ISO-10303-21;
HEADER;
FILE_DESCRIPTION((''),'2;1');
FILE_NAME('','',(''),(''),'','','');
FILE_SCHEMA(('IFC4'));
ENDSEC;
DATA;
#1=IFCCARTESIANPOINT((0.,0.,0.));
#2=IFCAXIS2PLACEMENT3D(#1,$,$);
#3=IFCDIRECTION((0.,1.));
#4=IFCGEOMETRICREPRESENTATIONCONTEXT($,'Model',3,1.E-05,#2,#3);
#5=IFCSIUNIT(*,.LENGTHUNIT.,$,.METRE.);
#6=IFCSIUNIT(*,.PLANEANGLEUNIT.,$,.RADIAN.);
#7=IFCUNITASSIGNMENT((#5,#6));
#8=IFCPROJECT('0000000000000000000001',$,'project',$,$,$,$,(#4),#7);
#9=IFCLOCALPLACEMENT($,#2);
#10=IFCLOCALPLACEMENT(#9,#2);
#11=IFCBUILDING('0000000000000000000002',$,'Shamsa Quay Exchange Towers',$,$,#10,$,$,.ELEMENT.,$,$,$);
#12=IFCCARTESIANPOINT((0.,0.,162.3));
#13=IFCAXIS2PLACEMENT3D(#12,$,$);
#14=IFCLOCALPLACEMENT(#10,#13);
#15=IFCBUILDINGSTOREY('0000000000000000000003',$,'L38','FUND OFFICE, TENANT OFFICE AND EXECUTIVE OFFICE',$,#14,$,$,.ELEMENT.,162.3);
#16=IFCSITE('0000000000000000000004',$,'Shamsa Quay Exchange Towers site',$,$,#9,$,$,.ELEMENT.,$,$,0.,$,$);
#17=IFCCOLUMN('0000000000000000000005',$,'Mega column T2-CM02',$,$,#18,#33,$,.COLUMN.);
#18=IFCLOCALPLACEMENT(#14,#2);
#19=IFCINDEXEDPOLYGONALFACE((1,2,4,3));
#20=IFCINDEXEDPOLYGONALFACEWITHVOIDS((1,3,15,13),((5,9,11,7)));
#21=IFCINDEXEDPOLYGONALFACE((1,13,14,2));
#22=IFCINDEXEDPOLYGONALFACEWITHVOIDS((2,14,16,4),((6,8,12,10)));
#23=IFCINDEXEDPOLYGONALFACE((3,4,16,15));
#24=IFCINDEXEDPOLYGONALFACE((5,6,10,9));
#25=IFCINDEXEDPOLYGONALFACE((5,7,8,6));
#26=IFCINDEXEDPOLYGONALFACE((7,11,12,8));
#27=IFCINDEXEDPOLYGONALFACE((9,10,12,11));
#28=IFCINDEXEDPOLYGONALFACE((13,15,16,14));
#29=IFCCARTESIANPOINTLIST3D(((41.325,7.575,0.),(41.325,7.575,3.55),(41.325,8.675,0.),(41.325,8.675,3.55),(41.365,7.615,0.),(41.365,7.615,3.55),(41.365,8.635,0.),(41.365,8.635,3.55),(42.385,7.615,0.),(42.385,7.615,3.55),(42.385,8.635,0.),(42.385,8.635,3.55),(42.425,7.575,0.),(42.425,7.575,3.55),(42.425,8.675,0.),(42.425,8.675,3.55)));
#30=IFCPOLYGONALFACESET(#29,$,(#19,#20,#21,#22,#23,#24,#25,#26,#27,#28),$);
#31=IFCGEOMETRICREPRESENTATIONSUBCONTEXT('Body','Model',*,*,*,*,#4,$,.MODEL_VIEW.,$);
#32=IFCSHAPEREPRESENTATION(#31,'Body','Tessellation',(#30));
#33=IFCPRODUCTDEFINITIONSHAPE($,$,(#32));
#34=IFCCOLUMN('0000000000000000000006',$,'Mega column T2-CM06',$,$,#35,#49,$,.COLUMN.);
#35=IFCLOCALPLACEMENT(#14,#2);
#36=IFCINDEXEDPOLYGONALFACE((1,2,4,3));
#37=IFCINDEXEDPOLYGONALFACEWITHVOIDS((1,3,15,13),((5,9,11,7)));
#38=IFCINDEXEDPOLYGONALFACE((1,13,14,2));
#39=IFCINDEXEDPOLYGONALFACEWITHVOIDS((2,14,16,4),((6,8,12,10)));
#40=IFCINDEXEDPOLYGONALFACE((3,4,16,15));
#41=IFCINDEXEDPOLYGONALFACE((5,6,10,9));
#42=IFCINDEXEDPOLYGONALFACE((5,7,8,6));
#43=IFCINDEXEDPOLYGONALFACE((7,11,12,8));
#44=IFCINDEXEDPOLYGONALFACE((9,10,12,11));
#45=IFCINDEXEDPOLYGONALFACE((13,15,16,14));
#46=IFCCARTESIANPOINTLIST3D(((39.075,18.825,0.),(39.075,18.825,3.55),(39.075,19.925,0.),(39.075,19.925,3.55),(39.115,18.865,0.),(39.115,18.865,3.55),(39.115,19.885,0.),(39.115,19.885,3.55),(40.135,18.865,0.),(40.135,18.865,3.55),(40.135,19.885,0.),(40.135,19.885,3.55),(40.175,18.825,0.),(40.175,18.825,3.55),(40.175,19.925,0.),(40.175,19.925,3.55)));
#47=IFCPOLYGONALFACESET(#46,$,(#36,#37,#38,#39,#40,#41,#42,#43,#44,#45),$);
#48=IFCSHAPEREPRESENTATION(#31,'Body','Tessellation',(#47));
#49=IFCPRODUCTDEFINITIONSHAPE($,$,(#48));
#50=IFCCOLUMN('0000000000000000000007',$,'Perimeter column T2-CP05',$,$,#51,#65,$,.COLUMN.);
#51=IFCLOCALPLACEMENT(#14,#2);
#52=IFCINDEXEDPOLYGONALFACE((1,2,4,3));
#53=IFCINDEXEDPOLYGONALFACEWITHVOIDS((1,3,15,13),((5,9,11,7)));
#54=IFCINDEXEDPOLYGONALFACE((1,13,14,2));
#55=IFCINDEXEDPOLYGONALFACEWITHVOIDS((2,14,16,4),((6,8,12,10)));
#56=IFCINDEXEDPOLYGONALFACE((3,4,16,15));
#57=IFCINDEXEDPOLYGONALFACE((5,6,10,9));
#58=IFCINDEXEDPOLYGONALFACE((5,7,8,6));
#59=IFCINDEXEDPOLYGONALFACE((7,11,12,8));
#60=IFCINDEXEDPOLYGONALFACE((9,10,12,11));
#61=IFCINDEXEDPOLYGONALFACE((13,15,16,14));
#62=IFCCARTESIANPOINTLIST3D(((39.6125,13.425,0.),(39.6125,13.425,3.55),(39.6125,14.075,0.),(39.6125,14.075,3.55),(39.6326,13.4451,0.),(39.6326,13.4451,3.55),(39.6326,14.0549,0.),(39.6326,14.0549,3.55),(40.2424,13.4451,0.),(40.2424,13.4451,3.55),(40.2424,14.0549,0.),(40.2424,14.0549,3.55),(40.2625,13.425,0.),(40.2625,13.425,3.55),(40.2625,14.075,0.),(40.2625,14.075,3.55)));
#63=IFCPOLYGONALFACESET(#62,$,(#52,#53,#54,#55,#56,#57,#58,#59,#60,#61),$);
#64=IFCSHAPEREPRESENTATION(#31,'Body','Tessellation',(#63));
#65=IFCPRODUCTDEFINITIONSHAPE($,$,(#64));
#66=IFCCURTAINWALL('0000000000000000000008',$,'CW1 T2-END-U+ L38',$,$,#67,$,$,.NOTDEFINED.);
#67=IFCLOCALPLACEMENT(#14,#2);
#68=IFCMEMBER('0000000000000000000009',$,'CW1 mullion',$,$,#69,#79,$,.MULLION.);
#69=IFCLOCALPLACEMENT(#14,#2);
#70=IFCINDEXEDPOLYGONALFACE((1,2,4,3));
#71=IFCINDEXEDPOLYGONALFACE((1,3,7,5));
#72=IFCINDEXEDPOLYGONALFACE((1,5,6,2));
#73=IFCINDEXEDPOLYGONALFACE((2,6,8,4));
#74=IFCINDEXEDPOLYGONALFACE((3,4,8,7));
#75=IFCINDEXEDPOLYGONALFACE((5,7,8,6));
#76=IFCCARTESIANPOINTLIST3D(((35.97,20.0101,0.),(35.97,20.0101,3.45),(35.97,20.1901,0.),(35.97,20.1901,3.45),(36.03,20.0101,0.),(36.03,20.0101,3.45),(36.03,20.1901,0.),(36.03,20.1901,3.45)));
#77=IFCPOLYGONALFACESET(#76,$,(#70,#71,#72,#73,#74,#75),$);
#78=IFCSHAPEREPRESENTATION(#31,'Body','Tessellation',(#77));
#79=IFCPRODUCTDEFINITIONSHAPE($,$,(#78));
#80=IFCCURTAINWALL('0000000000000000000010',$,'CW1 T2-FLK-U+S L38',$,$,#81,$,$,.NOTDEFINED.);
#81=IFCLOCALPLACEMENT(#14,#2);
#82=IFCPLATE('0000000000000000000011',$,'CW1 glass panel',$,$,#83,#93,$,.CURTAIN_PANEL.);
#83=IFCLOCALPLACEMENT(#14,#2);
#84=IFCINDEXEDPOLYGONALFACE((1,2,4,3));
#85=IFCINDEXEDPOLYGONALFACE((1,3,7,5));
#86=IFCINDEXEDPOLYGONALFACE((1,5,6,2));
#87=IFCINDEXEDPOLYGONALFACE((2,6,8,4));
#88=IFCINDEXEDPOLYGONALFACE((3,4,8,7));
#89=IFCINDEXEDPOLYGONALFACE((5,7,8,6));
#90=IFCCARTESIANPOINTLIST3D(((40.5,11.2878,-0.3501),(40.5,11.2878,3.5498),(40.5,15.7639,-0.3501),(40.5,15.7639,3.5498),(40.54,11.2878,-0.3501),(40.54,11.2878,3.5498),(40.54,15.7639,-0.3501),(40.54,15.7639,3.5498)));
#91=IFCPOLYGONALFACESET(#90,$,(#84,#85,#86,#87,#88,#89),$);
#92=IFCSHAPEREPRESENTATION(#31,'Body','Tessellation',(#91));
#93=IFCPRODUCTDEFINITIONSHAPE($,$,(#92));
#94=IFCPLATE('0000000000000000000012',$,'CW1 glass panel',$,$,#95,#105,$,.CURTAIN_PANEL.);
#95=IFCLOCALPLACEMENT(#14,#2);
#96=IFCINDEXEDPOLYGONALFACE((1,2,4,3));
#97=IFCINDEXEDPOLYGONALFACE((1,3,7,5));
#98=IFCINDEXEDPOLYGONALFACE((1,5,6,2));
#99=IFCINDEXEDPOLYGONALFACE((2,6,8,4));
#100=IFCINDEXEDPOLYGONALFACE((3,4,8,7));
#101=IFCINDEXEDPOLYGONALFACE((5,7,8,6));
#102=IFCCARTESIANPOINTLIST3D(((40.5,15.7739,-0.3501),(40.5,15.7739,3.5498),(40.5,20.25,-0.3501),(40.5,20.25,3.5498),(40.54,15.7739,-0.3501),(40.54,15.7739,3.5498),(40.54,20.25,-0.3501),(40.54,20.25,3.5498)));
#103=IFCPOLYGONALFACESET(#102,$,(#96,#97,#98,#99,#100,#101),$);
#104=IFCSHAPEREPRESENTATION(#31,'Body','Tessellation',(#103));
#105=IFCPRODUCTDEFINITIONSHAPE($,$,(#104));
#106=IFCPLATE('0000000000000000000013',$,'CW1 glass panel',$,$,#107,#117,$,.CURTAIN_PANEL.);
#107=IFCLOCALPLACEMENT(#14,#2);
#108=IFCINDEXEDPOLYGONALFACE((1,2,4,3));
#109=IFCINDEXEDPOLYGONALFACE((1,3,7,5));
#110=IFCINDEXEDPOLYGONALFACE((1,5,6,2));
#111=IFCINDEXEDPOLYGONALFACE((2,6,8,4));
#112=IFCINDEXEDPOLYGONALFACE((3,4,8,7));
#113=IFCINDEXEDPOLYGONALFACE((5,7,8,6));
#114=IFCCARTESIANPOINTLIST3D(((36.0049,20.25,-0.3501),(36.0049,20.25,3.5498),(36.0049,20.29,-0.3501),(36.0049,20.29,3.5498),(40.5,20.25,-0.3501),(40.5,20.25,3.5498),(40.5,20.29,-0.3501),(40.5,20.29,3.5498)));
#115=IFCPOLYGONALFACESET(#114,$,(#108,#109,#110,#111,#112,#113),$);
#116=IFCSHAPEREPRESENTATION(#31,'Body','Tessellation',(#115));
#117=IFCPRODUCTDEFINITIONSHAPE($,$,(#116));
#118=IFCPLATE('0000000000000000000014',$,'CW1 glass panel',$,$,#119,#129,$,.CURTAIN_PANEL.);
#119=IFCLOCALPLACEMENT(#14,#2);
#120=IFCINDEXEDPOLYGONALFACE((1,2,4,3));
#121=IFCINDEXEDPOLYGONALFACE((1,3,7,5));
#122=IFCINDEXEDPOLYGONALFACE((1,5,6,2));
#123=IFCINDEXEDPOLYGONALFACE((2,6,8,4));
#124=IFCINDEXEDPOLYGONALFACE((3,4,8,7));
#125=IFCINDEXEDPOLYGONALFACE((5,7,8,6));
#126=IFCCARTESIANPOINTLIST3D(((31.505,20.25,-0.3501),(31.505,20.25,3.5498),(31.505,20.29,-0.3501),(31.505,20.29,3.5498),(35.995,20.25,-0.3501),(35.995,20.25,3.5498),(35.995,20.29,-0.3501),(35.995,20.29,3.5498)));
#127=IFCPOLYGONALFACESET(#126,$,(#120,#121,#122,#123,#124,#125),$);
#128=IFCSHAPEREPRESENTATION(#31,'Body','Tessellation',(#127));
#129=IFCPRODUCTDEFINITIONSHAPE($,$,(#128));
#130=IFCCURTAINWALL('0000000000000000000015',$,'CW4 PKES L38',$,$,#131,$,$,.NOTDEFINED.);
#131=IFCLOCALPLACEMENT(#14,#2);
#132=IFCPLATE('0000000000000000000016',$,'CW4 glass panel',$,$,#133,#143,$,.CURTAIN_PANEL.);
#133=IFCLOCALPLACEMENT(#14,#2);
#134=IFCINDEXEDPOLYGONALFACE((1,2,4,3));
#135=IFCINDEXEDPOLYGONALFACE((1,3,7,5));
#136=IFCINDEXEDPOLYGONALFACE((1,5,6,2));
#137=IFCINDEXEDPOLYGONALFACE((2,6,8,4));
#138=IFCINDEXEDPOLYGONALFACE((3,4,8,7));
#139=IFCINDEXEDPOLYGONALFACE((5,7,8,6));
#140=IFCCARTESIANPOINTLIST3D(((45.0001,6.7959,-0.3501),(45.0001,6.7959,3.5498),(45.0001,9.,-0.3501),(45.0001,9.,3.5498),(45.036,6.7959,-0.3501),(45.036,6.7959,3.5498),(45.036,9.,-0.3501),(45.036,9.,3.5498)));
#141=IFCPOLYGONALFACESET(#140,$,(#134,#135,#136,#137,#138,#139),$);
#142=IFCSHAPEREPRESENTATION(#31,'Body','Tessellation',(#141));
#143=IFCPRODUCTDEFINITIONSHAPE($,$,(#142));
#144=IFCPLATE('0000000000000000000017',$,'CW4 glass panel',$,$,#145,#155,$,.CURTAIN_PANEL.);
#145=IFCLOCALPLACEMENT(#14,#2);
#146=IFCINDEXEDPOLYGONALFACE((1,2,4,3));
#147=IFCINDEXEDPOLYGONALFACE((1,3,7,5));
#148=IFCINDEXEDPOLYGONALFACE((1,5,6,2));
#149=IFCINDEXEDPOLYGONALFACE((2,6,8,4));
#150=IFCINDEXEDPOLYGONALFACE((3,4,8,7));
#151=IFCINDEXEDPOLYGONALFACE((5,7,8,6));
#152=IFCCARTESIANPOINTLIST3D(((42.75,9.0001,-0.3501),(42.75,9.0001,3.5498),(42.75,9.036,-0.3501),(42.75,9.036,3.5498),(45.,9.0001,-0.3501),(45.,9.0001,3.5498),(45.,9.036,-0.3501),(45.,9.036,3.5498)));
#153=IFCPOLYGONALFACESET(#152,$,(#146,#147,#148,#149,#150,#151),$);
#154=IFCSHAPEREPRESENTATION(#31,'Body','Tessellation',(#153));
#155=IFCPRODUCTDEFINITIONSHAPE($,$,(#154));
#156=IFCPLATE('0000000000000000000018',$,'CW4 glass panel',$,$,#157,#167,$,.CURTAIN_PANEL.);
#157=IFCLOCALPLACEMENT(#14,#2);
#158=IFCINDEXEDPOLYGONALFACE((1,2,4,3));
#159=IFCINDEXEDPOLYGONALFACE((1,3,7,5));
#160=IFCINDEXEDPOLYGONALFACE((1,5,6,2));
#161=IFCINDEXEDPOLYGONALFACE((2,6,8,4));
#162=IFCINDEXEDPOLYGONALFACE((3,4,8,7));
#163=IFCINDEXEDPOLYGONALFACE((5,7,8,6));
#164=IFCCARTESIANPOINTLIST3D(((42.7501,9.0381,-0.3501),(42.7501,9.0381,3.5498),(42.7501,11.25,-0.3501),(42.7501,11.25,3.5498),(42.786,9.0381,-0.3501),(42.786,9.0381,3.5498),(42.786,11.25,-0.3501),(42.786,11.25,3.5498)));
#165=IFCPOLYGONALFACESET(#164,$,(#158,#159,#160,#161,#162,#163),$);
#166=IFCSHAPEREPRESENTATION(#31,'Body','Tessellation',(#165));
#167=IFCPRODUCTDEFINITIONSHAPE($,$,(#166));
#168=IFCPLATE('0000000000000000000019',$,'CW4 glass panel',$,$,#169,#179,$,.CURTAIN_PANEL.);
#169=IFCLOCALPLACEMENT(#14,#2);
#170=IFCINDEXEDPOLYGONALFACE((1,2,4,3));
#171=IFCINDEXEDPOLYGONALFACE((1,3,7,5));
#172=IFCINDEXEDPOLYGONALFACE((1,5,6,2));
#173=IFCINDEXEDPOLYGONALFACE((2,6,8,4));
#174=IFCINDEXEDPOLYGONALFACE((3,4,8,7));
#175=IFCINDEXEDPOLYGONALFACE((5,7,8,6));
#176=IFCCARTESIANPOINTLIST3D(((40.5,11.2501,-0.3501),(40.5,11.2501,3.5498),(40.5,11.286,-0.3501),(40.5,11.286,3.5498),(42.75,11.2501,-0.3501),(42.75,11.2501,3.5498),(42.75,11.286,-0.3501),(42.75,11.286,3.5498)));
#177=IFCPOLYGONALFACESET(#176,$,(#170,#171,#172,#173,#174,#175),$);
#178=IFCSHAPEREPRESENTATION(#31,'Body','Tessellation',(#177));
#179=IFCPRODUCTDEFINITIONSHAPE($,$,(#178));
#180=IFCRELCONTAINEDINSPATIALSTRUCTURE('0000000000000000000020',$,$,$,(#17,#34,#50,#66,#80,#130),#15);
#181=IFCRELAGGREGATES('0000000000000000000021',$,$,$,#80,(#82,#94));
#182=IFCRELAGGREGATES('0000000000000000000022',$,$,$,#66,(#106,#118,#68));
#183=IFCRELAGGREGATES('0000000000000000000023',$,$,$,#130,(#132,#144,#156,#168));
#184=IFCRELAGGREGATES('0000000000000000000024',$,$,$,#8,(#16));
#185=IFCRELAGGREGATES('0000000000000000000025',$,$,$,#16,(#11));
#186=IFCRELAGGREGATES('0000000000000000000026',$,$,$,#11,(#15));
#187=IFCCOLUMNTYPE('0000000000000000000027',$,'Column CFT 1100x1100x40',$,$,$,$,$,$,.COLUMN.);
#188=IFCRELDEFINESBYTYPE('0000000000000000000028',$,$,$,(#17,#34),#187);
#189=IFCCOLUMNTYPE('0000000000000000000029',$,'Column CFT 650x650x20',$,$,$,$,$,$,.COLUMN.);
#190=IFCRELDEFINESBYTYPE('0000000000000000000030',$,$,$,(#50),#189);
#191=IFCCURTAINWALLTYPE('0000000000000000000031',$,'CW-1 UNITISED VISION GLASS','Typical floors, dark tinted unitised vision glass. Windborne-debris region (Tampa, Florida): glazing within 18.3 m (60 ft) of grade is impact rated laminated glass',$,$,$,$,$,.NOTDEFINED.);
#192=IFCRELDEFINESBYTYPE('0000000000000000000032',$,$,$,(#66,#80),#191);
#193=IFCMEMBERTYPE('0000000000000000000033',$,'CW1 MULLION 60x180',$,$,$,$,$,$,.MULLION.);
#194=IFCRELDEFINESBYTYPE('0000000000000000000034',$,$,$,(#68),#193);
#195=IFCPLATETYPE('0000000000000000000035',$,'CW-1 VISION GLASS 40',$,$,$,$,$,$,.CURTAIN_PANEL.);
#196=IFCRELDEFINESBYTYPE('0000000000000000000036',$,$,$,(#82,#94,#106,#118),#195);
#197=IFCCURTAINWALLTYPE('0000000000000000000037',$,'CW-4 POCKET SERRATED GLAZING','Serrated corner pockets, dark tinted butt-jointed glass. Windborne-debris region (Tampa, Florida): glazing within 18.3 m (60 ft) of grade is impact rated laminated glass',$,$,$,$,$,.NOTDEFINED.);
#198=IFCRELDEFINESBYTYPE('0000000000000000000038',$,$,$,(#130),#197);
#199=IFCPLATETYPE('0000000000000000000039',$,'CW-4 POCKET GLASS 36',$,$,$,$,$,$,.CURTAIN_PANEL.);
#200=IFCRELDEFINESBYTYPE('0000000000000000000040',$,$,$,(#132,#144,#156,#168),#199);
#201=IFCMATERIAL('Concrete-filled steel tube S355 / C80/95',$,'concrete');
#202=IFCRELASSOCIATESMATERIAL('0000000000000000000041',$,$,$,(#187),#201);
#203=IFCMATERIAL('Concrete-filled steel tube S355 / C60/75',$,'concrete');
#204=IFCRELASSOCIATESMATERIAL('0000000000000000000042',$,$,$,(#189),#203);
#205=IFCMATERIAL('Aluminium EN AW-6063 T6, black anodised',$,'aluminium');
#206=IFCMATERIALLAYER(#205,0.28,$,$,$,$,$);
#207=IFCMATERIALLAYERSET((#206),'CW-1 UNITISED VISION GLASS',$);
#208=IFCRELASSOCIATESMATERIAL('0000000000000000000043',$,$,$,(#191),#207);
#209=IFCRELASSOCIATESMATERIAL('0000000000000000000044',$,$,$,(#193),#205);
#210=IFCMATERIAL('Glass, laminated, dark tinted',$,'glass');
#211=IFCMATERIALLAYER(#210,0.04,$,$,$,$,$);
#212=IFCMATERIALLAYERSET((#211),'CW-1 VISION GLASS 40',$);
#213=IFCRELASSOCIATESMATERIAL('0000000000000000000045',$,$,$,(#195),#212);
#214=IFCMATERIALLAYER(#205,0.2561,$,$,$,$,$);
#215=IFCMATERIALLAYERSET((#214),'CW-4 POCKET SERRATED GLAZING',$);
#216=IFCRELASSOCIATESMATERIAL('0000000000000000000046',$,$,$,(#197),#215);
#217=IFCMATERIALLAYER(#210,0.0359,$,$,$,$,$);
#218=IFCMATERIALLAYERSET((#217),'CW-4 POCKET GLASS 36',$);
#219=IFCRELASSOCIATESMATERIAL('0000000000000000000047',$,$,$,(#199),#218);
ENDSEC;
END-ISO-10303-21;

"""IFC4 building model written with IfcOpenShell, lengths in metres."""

from ifc_helpers import new_model, si_unit, direction, frame, origin, origin_2d, place, context, subcontext, project, spatial, rectangle, hollow_rectangle, extrude, material, layer, layer_set, material_profile, profile_set, type_object, element, aggregate, save


model = new_model("IFC4")

# Units and contexts
model_context = context("Model", 3, precision=1e-05, world=origin(), true_north=direction((0.0, 1.0)))
body_context = subcontext(model_context, "Body", "Model", "MODEL_VIEW")
ifc_project = project(units=[si_unit("LENGTHUNIT", "METRE"), si_unit("PLANEANGLEUNIT", "RADIAN")], contexts=[model_context])

# Site, building, storey
site_placement = place(None, origin())
site = spatial("IfcSite", under=ifc_project, at=site_placement, Name="Shamsa Quay Exchange Towers site", CompositionType="ELEMENT", RefElevation=0.0)
building_placement = place(site_placement, origin())
building = spatial("IfcBuilding", under=site, at=building_placement, Name="Shamsa Quay Exchange Towers", CompositionType="ELEMENT")
storey_placement = place(building_placement, frame((0.0, 0.0, 162.3)))
storey = spatial("IfcBuildingStorey", under=building, at=storey_placement, Name="L38", Description="FUND OFFICE, TENANT OFFICE AND EXECUTIVE OFFICE", CompositionType="ELEMENT", Elevation=162.3)

# Columns
ifc_material_1 = material(Name="Concrete-filled steel tube S355 / C80/95", Category="concrete")
ifc_material_profile_1 = material_profile(ifc_material_1, hollow_rectangle(XDim=1.1001, YDim=1.1001, WallThickness=0.04, at=origin_2d()), Name="CFT 1100x1100x40")
ifc_profile_set_1 = profile_set([ifc_material_profile_1], Name="Concrete-filled steel tube S355 / C80/95")
column_type_1 = type_object("IfcColumnType", Name="Column CFT 1100x1100x40", PredefinedType="COLUMN", material=ifc_profile_set_1)
for number, where, name in (
    (1, (41.875, 8.125, 0.0), "Mega column T2-CM02"),
    (2, (39.625, 19.375, 0.0), "Mega column T2-CM06"),
):
    element("IfcColumn", number, at=place(storey_placement, frame(where)), inside=storey, type_object=column_type_1, Name=name, PredefinedType="COLUMN", context=body_context, shape_type="SweptSolid", body=[
        extrude(hollow_rectangle(XDim=1.1001, YDim=1.1001, WallThickness=0.04, at=origin_2d()), origin(), (0.0, 0.0, 1.0), 3.55),
    ])
ifc_material_2 = material(Name="Concrete-filled steel tube S355 / C60/75", Category="concrete")
ifc_material_profile_2 = material_profile(ifc_material_2, hollow_rectangle(XDim=0.6499, YDim=0.6499, WallThickness=0.02, at=origin_2d()), Name="CFT 650x650x20")
ifc_profile_set_2 = profile_set([ifc_material_profile_2], Name="Concrete-filled steel tube S355 / C60/75")
column_type_2 = type_object("IfcColumnType", Name="Column CFT 650x650x20", PredefinedType="COLUMN", material=ifc_profile_set_2)
column_placement = place(storey_placement, frame((39.9375, 13.75, 0.0)))
element("IfcColumn", 3, at=column_placement, inside=storey, type_object=column_type_2, Name="Perimeter column T2-CP05", PredefinedType="COLUMN", context=body_context, shape_type="SweptSolid", body=[
    extrude(hollow_rectangle(XDim=0.6499, YDim=0.6499, WallThickness=0.02, at=origin_2d()), origin(), (0.0, 0.0, 1.0), 3.55),
])

# Curtain wall, member
ifc_material_3 = material(Name="Aluminium EN AW-6063 T6, black anodised", Category="aluminium")
ifc_layer_1 = layer(ifc_material_3, 0.28)
ifc_layer_set_1 = layer_set([ifc_layer_1], Name="CW-1 UNITISED VISION GLASS")
curtain_wall_type_1 = type_object("IfcCurtainWallType", Name="CW-1 UNITISED VISION GLASS", Description="Typical floors, dark tinted unitised vision glass. Windborne-debris region (Tampa, Florida): glazing within 18.3 m (60 ft) of grade is impact rated laminated glass", PredefinedType="NOTDEFINED", material=ifc_layer_set_1)
curtain_wall_1_placement = place(storey_placement, origin())
curtain_wall_1 = element("IfcCurtainWall", 4, at=curtain_wall_1_placement, inside=storey, type_object=curtain_wall_type_1, Name="CW1 T2-END-U+ L38", PredefinedType="NOTDEFINED")
ifc_material_profile_3 = material_profile(ifc_material_3, rectangle(XDim=0.1799, YDim=0.0601, at=origin_2d()), Name="MU60x180")
ifc_profile_set_3 = profile_set([ifc_material_profile_3], Name="Aluminium EN AW-6063 T6, black anodised")
member_type = type_object("IfcMemberType", Name="CW1 MULLION 60x180", PredefinedType="MULLION", material=ifc_profile_set_3)
member_placement = place(storey_placement, frame((36.0, 20.1001, 0.0), z_axis=(0.0, 0.0, 1.0), x_axis=(0.0, -1.0, 0.0)))
member = element("IfcMember", 5, at=member_placement, type_object=member_type, Name="CW1 mullion", PredefinedType="MULLION", context=body_context, shape_type="SweptSolid", body=[
    extrude(rectangle(XDim=0.1799, YDim=0.0601, at=origin_2d()), origin(), (0.0, 0.0, 1.0), 3.45),
])

# Curtain wall, plates
curtain_wall_2_placement = place(storey_placement, origin())
curtain_wall_2 = element("IfcCurtainWall", 6, at=curtain_wall_2_placement, inside=storey, type_object=curtain_wall_type_1, Name="CW1 T2-FLK-U+S L38", PredefinedType="NOTDEFINED")
ifc_material_4 = material(Name="Glass, laminated, dark tinted", Category="glass")
ifc_layer_2 = layer(ifc_material_4, 0.04)
ifc_layer_set_2 = layer_set([ifc_layer_2], Name="CW-1 VISION GLASS 40")
plate_type_1 = type_object("IfcPlateType", Name="CW-1 VISION GLASS 40", PredefinedType="CURTAIN_PANEL", material=ifc_layer_set_2)
plate_1_placement = place(storey_placement, frame((40.52, 13.5259, -0.3501), z_axis=(0.0, 0.0, 1.0), x_axis=(0.0, 1.0, 0.0)))
plate_1 = element("IfcPlate", 7, at=plate_1_placement, type_object=plate_type_1, Name="CW1 glass panel", PredefinedType="CURTAIN_PANEL", context=body_context, shape_type="SweptSolid", body=[
    extrude(rectangle(XDim=4.4761, YDim=0.04, at=origin_2d()), origin(), (0.0, 0.0, 1.0), 3.8999),
])
plate_2_placement = place(storey_placement, frame((40.52, 18.012, -0.3501), z_axis=(0.0, 0.0, 1.0), x_axis=(0.0, 1.0, 0.0)))
plate_2 = element("IfcPlate", 8, at=plate_2_placement, type_object=plate_type_1, Name="CW1 glass panel", PredefinedType="CURTAIN_PANEL", context=body_context, shape_type="SweptSolid", body=[
    extrude(rectangle(XDim=4.4761, YDim=0.04, at=origin_2d()), origin(), (0.0, 0.0, 1.0), 3.8999),
])
aggregate(curtain_wall_2, [plate_1, plate_2])

# Plates
plate_3_placement = place(storey_placement, frame((38.2524, 20.27, -0.3501), z_axis=(0.0, 0.0, 1.0), x_axis=(-1.0, 0.0, 0.0)))
plate_3 = element("IfcPlate", 9, at=plate_3_placement, type_object=plate_type_1, Name="CW1 glass panel", PredefinedType="CURTAIN_PANEL", context=body_context, shape_type="SweptSolid", body=[
    extrude(rectangle(XDim=4.4951, YDim=0.04, at=origin_2d()), origin(), (0.0, 0.0, 1.0), 3.8999),
])
plate_4_placement = place(storey_placement, frame((33.75, 20.27, -0.3501), z_axis=(0.0, 0.0, 1.0), x_axis=(-1.0, 0.0, 0.0)))
plate_4 = element("IfcPlate", 10, at=plate_4_placement, type_object=plate_type_1, Name="CW1 glass panel", PredefinedType="CURTAIN_PANEL", context=body_context, shape_type="SweptSolid", body=[
    extrude(rectangle(XDim=4.49, YDim=0.04, at=origin_2d()), origin(), (0.0, 0.0, 1.0), 3.8999),
])
aggregate(curtain_wall_1, [plate_3, plate_4, member])

# Curtain wall, plates
ifc_layer_3 = layer(ifc_material_3, 0.2561)
ifc_layer_set_3 = layer_set([ifc_layer_3], Name="CW-4 POCKET SERRATED GLAZING")
curtain_wall_type_2 = type_object("IfcCurtainWallType", Name="CW-4 POCKET SERRATED GLAZING", Description="Serrated corner pockets, dark tinted butt-jointed glass. Windborne-debris region (Tampa, Florida): glazing within 18.3 m (60 ft) of grade is impact rated laminated glass", PredefinedType="NOTDEFINED", material=ifc_layer_set_3)
curtain_wall_3_placement = place(storey_placement, origin())
curtain_wall_3 = element("IfcCurtainWall", 11, at=curtain_wall_3_placement, inside=storey, type_object=curtain_wall_type_2, Name="CW4 PKES L38", PredefinedType="NOTDEFINED")
ifc_layer_4 = layer(ifc_material_4, 0.0359)
ifc_layer_set_4 = layer_set([ifc_layer_4], Name="CW-4 POCKET GLASS 36")
plate_type_2 = type_object("IfcPlateType", Name="CW-4 POCKET GLASS 36", PredefinedType="CURTAIN_PANEL", material=ifc_layer_set_4)
plate_5_placement = place(storey_placement, frame((45.0181, 7.8979, -0.3501), z_axis=(0.0, 0.0, 1.0), x_axis=(0.0, 1.0, 0.0)))
plate_5 = element("IfcPlate", 12, at=plate_5_placement, type_object=plate_type_2, Name="CW4 glass panel", PredefinedType="CURTAIN_PANEL", context=body_context, shape_type="SweptSolid", body=[
    extrude(rectangle(XDim=2.2041, YDim=0.0359, at=origin_2d()), origin(), (0.0, 0.0, 1.0), 3.8999),
])
plate_6_placement = place(storey_placement, frame((43.875, 9.0181, -0.3501), z_axis=(0.0, 0.0, 1.0), x_axis=(-1.0, 0.0, 0.0)))
plate_6 = element("IfcPlate", 13, at=plate_6_placement, type_object=plate_type_2, Name="CW4 glass panel", PredefinedType="CURTAIN_PANEL", context=body_context, shape_type="SweptSolid", body=[
    extrude(rectangle(XDim=2.25, YDim=0.0359, at=origin_2d()), origin(), (0.0, 0.0, 1.0), 3.8999),
])
plate_7_placement = place(storey_placement, frame((42.7681, 10.144, -0.3501), z_axis=(0.0, 0.0, 1.0), x_axis=(0.0, 1.0, 0.0)))
plate_7 = element("IfcPlate", 14, at=plate_7_placement, type_object=plate_type_2, Name="CW4 glass panel", PredefinedType="CURTAIN_PANEL", context=body_context, shape_type="SweptSolid", body=[
    extrude(rectangle(XDim=2.2119, YDim=0.0359, at=origin_2d()), origin(), (0.0, 0.0, 1.0), 3.8999),
])
plate_8_placement = place(storey_placement, frame((41.625, 11.2681, -0.3501), z_axis=(0.0, 0.0, 1.0), x_axis=(-1.0, 0.0, 0.0)))
plate_8 = element("IfcPlate", 15, at=plate_8_placement, type_object=plate_type_2, Name="CW4 glass panel", PredefinedType="CURTAIN_PANEL", context=body_context, shape_type="SweptSolid", body=[
    extrude(rectangle(XDim=2.25, YDim=0.0359, at=origin_2d()), origin(), (0.0, 0.0, 1.0), 3.8999),
])
aggregate(curtain_wall_3, [plate_5, plate_6, plate_7, plate_8])

save(model, "model.ifc")
